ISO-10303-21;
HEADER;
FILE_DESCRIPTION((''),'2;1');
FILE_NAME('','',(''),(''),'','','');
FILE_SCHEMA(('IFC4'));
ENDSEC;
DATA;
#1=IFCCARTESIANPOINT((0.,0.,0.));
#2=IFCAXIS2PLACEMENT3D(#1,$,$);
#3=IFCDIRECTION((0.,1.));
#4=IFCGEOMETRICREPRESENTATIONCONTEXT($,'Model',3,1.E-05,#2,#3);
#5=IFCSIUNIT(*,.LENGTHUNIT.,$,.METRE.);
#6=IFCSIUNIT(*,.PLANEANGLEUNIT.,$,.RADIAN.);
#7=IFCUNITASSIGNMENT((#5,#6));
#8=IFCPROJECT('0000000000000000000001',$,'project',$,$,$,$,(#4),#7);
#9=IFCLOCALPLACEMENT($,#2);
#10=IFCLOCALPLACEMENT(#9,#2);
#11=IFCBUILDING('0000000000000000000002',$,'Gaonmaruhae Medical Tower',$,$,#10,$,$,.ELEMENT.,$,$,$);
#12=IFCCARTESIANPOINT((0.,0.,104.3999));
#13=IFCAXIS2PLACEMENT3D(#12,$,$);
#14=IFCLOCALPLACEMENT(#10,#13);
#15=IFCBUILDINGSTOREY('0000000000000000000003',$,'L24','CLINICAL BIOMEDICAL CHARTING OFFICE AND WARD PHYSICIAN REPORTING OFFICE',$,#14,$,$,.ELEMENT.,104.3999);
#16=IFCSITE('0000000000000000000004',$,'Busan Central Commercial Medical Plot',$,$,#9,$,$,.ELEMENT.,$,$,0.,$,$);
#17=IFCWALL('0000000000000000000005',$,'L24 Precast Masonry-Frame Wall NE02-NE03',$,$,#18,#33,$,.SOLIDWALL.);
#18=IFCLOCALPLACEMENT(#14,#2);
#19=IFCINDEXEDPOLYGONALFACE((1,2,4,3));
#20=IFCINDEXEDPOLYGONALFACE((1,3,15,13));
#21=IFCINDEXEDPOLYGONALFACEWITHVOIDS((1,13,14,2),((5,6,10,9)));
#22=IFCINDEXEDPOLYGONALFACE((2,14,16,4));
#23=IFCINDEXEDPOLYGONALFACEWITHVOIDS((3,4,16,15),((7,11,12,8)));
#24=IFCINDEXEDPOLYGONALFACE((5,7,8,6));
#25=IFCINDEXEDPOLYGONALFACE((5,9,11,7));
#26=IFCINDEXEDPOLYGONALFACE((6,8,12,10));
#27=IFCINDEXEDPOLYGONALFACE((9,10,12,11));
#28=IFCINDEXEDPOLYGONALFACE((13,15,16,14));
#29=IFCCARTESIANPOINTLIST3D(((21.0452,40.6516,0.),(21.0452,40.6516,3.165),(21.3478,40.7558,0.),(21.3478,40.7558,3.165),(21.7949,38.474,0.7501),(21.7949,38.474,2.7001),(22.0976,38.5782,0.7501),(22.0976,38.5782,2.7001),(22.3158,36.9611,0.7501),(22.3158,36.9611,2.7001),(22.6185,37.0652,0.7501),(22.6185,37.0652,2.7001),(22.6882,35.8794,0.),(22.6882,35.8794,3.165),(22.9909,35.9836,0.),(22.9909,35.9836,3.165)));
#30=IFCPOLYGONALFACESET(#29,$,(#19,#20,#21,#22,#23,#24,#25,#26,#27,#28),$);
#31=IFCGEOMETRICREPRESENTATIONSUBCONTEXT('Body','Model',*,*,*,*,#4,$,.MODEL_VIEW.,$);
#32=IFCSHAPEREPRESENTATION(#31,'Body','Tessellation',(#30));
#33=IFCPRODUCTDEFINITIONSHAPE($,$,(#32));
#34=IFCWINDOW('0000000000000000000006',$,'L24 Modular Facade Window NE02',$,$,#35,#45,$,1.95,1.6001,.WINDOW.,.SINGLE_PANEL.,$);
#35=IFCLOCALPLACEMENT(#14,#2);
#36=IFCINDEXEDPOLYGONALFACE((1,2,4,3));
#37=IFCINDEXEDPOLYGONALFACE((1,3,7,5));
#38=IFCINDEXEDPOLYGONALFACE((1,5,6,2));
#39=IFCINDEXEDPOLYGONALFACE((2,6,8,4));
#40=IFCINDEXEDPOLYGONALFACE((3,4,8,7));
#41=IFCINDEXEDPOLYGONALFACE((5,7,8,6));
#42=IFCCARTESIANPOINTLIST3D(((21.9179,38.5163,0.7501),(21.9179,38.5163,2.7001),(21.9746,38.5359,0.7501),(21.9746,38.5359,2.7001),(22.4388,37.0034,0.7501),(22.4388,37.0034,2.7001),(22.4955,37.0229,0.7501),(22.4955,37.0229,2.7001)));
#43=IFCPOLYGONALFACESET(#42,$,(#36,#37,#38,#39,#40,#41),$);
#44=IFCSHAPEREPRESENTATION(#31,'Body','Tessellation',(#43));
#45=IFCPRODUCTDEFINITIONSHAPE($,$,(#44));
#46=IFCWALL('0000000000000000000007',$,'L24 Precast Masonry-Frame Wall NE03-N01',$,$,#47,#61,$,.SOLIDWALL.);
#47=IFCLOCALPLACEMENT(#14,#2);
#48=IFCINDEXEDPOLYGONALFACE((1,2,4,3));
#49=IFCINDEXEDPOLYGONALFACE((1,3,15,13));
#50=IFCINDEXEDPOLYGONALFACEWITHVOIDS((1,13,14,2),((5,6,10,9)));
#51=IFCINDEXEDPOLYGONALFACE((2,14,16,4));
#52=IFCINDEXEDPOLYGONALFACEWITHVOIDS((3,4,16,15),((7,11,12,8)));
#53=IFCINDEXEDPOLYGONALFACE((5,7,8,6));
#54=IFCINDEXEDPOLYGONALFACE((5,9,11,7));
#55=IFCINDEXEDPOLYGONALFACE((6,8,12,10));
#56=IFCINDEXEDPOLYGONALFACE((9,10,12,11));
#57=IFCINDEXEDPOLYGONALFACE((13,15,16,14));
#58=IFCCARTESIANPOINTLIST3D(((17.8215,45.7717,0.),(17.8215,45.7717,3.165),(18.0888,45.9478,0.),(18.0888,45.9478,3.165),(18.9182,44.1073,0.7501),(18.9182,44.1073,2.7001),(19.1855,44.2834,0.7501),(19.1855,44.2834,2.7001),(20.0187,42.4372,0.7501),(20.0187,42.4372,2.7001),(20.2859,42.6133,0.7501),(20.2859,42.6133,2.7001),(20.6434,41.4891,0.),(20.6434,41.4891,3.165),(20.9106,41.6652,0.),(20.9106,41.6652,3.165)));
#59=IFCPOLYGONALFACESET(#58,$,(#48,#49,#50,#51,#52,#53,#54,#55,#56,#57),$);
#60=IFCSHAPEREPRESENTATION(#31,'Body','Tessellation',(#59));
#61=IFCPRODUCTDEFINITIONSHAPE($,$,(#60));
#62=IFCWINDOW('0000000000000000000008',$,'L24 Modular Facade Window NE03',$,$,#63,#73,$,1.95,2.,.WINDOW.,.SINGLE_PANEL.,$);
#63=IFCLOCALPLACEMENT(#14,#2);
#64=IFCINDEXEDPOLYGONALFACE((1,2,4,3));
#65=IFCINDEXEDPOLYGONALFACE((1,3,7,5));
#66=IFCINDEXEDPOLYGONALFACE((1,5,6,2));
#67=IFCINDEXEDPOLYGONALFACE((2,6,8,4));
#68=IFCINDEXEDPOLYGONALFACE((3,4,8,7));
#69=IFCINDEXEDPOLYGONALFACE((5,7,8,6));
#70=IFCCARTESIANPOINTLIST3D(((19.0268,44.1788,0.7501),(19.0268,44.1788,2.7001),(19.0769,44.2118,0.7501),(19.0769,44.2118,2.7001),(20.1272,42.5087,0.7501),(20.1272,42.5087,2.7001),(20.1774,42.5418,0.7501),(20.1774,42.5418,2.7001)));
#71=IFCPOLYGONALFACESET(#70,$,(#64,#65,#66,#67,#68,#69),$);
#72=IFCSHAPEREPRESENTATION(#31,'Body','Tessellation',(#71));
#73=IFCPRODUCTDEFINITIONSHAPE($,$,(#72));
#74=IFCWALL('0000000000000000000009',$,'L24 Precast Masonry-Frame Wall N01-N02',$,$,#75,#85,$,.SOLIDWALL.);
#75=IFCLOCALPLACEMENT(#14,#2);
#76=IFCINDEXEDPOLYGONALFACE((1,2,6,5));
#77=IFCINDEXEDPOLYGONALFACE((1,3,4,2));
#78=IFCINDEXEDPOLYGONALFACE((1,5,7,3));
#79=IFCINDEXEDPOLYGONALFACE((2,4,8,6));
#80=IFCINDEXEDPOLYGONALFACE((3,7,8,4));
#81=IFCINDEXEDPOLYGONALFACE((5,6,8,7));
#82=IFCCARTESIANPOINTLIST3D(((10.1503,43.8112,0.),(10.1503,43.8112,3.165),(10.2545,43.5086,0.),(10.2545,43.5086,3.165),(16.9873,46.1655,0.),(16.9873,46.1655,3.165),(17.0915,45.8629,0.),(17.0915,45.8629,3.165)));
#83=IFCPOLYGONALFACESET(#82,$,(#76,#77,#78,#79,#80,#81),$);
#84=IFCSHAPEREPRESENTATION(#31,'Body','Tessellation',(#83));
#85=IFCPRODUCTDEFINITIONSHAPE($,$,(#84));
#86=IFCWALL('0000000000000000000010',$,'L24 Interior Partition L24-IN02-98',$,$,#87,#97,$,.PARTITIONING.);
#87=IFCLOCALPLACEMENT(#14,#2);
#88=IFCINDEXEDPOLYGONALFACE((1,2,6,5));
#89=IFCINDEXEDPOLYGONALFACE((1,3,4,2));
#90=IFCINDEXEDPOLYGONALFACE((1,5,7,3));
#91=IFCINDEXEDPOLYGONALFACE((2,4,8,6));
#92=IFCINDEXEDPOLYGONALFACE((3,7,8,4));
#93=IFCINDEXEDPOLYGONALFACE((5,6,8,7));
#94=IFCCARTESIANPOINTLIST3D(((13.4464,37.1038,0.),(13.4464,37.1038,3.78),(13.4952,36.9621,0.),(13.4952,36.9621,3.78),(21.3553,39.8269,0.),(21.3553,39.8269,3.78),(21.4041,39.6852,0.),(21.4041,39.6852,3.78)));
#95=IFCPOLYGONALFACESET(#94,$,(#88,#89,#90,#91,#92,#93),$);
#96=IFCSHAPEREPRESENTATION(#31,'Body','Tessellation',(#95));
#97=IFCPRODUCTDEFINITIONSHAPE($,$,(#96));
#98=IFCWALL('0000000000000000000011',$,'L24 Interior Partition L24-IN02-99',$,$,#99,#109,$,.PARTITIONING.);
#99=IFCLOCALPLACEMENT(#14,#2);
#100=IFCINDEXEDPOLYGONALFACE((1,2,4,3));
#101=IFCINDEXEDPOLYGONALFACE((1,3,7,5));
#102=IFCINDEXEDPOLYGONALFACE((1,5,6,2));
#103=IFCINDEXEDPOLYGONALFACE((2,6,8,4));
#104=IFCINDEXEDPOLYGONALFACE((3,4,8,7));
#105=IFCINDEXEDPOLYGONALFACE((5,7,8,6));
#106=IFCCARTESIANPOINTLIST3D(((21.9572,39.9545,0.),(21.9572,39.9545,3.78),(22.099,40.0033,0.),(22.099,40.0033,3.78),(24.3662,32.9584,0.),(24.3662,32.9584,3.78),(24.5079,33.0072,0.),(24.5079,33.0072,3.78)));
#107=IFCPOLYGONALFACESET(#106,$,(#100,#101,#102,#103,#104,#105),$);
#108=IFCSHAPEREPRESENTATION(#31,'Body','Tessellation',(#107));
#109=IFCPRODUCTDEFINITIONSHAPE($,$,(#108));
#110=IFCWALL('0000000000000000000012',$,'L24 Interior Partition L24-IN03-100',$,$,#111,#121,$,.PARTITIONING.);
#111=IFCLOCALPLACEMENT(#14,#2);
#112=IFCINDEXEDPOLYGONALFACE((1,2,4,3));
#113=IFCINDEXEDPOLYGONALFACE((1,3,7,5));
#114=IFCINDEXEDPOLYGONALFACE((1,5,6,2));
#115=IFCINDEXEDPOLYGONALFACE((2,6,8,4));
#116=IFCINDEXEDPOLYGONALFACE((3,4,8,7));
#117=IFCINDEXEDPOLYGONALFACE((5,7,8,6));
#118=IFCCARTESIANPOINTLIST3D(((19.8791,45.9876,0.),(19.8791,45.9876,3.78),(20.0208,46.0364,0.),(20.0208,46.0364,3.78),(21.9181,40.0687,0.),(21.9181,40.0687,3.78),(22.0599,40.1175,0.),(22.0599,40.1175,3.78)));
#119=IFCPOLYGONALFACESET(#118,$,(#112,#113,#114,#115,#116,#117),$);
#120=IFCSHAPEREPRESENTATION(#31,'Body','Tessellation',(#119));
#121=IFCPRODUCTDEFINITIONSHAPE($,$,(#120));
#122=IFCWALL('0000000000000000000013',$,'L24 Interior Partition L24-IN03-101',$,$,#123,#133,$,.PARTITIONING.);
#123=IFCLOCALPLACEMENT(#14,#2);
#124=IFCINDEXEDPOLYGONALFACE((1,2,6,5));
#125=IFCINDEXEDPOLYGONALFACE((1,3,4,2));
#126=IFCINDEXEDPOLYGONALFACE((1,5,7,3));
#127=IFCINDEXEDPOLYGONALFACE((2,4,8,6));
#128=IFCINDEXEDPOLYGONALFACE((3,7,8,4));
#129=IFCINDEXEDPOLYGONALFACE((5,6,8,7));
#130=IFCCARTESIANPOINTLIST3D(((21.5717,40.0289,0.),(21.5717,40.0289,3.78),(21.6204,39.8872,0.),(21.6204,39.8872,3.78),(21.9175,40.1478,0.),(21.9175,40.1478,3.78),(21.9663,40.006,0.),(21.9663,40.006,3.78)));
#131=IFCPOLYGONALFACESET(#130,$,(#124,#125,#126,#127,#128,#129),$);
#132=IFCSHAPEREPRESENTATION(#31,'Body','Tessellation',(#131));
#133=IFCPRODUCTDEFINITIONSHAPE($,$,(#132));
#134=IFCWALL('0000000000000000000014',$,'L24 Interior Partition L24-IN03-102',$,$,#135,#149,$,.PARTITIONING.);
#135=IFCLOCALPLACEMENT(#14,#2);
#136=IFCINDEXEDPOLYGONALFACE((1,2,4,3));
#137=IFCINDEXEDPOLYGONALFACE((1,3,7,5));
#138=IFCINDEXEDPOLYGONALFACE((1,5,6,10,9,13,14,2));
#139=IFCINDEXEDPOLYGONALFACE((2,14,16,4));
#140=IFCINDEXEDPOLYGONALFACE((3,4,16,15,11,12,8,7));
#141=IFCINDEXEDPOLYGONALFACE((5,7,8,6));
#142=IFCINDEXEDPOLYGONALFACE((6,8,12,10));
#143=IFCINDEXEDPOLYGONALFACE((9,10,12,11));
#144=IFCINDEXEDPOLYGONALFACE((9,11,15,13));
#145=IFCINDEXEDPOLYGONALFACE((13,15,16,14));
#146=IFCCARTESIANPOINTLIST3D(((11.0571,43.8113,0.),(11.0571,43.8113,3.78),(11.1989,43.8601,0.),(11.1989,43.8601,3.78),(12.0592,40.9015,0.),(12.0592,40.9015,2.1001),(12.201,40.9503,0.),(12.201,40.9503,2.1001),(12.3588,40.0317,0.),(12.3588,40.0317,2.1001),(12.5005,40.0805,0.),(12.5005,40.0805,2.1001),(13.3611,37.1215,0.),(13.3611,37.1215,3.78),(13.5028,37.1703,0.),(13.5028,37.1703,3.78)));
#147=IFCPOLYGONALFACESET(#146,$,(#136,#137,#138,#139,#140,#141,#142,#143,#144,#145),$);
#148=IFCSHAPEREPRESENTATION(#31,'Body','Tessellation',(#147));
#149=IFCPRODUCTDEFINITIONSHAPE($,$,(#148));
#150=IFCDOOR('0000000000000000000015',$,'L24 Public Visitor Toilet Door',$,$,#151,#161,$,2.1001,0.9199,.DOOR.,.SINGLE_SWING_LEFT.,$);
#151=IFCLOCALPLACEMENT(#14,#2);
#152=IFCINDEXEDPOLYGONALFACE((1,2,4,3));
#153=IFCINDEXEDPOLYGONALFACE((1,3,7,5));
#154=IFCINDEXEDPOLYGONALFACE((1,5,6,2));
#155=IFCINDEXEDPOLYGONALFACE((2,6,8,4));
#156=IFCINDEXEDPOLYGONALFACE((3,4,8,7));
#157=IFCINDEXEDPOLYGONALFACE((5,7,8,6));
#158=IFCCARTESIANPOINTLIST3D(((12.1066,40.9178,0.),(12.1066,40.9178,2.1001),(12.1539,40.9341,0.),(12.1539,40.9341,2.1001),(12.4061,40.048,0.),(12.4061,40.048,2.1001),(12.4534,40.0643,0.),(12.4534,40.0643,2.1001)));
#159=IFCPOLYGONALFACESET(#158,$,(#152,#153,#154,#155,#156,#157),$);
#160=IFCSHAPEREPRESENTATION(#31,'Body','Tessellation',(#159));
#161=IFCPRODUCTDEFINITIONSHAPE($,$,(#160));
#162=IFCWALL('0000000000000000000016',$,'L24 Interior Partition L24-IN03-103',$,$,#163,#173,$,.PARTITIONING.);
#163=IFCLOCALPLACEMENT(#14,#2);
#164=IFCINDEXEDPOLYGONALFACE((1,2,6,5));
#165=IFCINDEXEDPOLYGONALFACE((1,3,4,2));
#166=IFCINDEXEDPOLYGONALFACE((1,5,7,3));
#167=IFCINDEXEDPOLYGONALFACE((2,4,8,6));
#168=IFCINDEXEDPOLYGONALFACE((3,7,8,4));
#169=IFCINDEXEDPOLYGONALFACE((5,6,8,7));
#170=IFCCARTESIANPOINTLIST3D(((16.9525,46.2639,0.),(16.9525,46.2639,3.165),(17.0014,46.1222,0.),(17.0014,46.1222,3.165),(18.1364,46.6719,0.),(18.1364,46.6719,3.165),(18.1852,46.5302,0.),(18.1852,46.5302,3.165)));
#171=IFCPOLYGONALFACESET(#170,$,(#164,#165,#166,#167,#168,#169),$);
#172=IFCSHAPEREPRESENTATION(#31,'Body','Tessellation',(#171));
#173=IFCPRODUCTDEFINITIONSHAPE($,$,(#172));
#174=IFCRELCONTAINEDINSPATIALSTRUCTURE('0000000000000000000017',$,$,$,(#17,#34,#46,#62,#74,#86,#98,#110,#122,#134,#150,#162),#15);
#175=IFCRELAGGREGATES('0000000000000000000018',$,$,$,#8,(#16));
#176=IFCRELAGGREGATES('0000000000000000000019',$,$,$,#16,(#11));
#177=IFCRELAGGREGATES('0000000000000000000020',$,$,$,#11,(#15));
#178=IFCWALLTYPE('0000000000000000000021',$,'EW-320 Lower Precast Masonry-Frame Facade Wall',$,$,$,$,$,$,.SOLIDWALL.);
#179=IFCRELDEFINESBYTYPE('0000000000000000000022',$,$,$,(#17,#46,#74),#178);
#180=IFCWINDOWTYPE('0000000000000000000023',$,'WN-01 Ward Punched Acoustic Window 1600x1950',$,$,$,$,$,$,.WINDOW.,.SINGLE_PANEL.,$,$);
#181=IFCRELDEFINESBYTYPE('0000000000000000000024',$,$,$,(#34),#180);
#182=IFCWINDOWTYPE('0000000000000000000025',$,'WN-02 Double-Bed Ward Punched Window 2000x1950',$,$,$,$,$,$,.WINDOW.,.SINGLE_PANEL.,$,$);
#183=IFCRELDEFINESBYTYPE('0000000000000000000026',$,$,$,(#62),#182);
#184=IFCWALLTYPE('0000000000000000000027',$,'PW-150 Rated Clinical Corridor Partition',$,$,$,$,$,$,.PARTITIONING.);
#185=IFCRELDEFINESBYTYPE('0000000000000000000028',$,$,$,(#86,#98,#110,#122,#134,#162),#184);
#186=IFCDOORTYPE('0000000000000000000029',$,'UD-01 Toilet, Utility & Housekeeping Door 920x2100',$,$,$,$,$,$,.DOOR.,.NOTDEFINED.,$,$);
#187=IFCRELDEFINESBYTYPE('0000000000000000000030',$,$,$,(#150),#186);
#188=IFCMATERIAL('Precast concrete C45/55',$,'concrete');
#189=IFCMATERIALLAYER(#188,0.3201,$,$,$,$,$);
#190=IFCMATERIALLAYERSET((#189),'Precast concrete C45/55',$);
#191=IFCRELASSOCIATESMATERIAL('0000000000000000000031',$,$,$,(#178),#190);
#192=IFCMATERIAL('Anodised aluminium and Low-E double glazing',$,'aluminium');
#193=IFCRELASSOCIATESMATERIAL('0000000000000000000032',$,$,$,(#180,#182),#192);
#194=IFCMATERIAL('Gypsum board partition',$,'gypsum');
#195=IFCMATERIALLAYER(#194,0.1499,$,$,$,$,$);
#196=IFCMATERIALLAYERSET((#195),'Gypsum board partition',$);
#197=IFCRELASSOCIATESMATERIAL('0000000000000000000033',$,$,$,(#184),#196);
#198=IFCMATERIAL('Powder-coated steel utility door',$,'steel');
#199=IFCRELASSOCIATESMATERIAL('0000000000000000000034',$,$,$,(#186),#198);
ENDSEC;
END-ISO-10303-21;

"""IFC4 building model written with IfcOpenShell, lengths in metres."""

from ifc_helpers import new_model, si_unit, direction, frame, frame_2d, origin, place, context, subcontext, project, spatial, rectangle, extrude, material, layer, layer_set, type_object, element, fill, save


model = new_model("IFC4")

# Units and contexts
model_context = context("Model", 3, precision=1e-05, world=origin(), true_north=direction((0.0, 1.0)))
body_context = subcontext(model_context, "Body", "Model", "MODEL_VIEW")
ifc_project = project(units=[si_unit("LENGTHUNIT", "METRE"), si_unit("PLANEANGLEUNIT", "RADIAN")], contexts=[model_context])

# Site, building, storey
site_placement = place(None, origin())
site = spatial("IfcSite", under=ifc_project, at=site_placement, Name="Busan Central Commercial Medical Plot", CompositionType="ELEMENT", RefElevation=0.0)
building_placement = place(site_placement, origin())
building = spatial("IfcBuilding", under=site, at=building_placement, Name="Gaonmaruhae Medical Tower", CompositionType="ELEMENT")
storey_placement = place(building_placement, frame((0.0, 0.0, 104.3999)))
storey = spatial("IfcBuildingStorey", under=building, at=storey_placement, Name="L24", Description="CLINICAL BIOMEDICAL CHARTING OFFICE AND WARD PHYSICIAN REPORTING OFFICE", CompositionType="ELEMENT", Elevation=104.3999)

# Walls, openings, windows
ifc_material_1 = material(Name="Precast concrete C45/55", Category="concrete")
ifc_layer_1 = layer(ifc_material_1, 0.3201)
ifc_layer_set_1 = layer_set([ifc_layer_1], Name="Precast concrete C45/55")
wall_type_1 = type_object("IfcWallType", Name="EW-320 Lower Precast Masonry-Frame Facade Wall", PredefinedType="SOLIDWALL", material=ifc_layer_set_1)
wall_1_placement = place(storey_placement, frame((21.1965, 40.7036, 0.0), z_axis=(0.0, 0.0, 1.0), x_axis=(0.325543, -0.945527, 0.0)))
wall_1 = element("IfcWall", 1, at=wall_1_placement, inside=storey, type_object=wall_type_1, Name="L24 Precast Masonry-Frame Wall NE02-NE03", PredefinedType="SOLIDWALL", context=body_context, shape_type="SweptSolid", body=[
    extrude(rectangle(XDim=5.0471, YDim=0.3201, at=frame_2d((2.5234, 0.0))), origin(), (0.0, 0.0, 1.0), 3.165),
])
opening_1_placement = place(wall_1_placement, frame((2.303, 0.0, 0.75)))
opening_1 = element("IfcOpeningElement", 2, at=opening_1_placement, cuts=wall_1, PredefinedType="OPENING", context=body_context, shape_type="SweptSolid", body=[
    extrude(rectangle(XDim=1.6001, YDim=1.95, at=frame_2d((0.8, 0.9751))), frame((0.0, 0.1699, 0.0), z_axis=(0.0, -1.0, 0.0), x_axis=(1.0, 0.0, 0.0)), (0.0, 0.0, 1.0), 0.3401),
])
ifc_material_2 = material(Name="Anodised aluminium and Low-E double glazing", Category="aluminium")
window_type_1 = type_object("IfcWindowType", Name="WN-01 Ward Punched Acoustic Window 1600x1950", PartitioningType="SINGLE_PANEL", PredefinedType="WINDOW", material=ifc_material_2)
window_1_placement = place(opening_1_placement, origin())
window_1 = element("IfcWindow", 3, at=window_1_placement, inside=storey, type_object=window_type_1, Name="L24 Modular Facade Window NE02", OverallHeight=1.95, OverallWidth=1.6001, PartitioningType="SINGLE_PANEL", PredefinedType="WINDOW", context=body_context, shape_type="SweptSolid", body=[
    extrude(rectangle(XDim=1.6001, YDim=1.95, at=frame_2d((0.8, 0.9751))), frame((0.0, 0.03, 0.0), z_axis=(0.0, -1.0, 0.0), x_axis=(1.0, 0.0, 0.0)), (0.0, 0.0, 1.0), 0.0601),
])
fill(opening_1, window_1)
wall_2_placement = place(storey_placement, frame((17.9551, 45.8599, 0.0), z_axis=(0.0, 0.0, 1.0), x_axis=(0.55021, -0.835026, 0.0)))
wall_2 = element("IfcWall", 4, at=wall_2_placement, inside=storey, type_object=wall_type_1, Name="L24 Precast Masonry-Frame Wall NE03-N01", PredefinedType="SOLIDWALL", context=body_context, shape_type="SweptSolid", body=[
    extrude(rectangle(XDim=5.1287, YDim=0.3201, at=frame_2d((2.5645, 0.0))), origin(), (0.0, 0.0, 1.0), 3.165),
])
opening_2_placement = place(wall_2_placement, frame((1.9934, 0.0, 0.75)))
opening_2 = element("IfcOpeningElement", 5, at=opening_2_placement, cuts=wall_2, PredefinedType="OPENING", context=body_context, shape_type="SweptSolid", body=[
    extrude(rectangle(XDim=2.0, YDim=1.95, at=frame_2d((1.0, 0.9751))), frame((0.0, 0.1699, 0.0), z_axis=(0.0, -1.0, 0.0), x_axis=(1.0, 0.0, 0.0)), (0.0, 0.0, 1.0), 0.3401),
])
window_type_2 = type_object("IfcWindowType", Name="WN-02 Double-Bed Ward Punched Window 2000x1950", PartitioningType="SINGLE_PANEL", PredefinedType="WINDOW", material=ifc_material_2)
window_2_placement = place(opening_2_placement, origin())
window_2 = element("IfcWindow", 6, at=window_2_placement, inside=storey, type_object=window_type_2, Name="L24 Modular Facade Window NE03", OverallHeight=1.95, OverallWidth=2.0, PartitioningType="SINGLE_PANEL", PredefinedType="WINDOW", context=body_context, shape_type="SweptSolid", body=[
    extrude(rectangle(XDim=2.0, YDim=1.95, at=frame_2d((1.0, 0.9751))), frame((0.0, 0.03, 0.0), z_axis=(0.0, -1.0, 0.0), x_axis=(1.0, 0.0, 0.0)), (0.0, 0.0, 1.0), 0.0601),
])
fill(opening_2, window_2)

# Wall
wall_3_placement = place(storey_placement, frame((10.2024, 43.6599, 0.0), z_axis=(0.0, 0.0, 1.0), x_axis=(0.945514, 0.325582, 0.0)))
element("IfcWall", 7, at=wall_3_placement, inside=storey, type_object=wall_type_1, Name="L24 Precast Masonry-Frame Wall N01-N02", PredefinedType="SOLIDWALL", context=body_context, shape_type="SweptSolid", body=[
    extrude(rectangle(XDim=7.231, YDim=0.3201, at=frame_2d((3.6155, 0.0))), origin(), (0.0, 0.0, 1.0), 3.165),
])

# Shared definitions
ifc_material_3 = material(Name="Gypsum board partition", Category="gypsum")
ifc_layer_2 = layer(ifc_material_3, 0.1499)
ifc_layer_set_2 = layer_set([ifc_layer_2], Name="Gypsum board partition")
wall_type_2 = type_object("IfcWallType", Name="PW-150 Rated Clinical Corridor Partition", PredefinedType="PARTITIONING", material=ifc_layer_set_2)

# Walls
wall_4_placement = place(storey_placement, frame((13.4709, 37.033, 0.0), z_axis=(0.0, 0.0, 1.0), x_axis=(0.945523, 0.325555, 0.0)))
element("IfcWall", 8, at=wall_4_placement, inside=storey, type_object=wall_type_2, Name="L24 Interior Partition L24-IN02-98", PredefinedType="PARTITIONING", context=body_context, shape_type="SweptSolid", body=[
    extrude(rectangle(XDim=8.3645, YDim=0.1499, at=frame_2d((4.1821, 0.0))), origin(), (0.0, 0.0, 1.0), 3.78),
])
wall_5_placement = place(storey_placement, frame((22.0281, 39.979, 0.0), z_axis=(0.0, 0.0, 1.0), x_axis=(0.325567, -0.945519, 0.0)))
element("IfcWall", 9, at=wall_5_placement, inside=storey, type_object=wall_type_2, Name="L24 Interior Partition L24-IN02-99", PredefinedType="PARTITIONING", context=body_context, shape_type="SweptSolid", body=[
    extrude(rectangle(XDim=7.3992, YDim=0.1499, at=frame_2d((3.6997, 0.0))), origin(), (0.0, 0.0, 1.0), 3.78),
])
wall_6_placement = place(storey_placement, frame((19.95, 46.012, 0.0), z_axis=(0.0, 0.0, 1.0), x_axis=(0.325712, -0.945469, 0.0)))
element("IfcWall", 10, at=wall_6_placement, inside=storey, type_object=wall_type_2, Name="L24 Interior Partition L24-IN03-100", PredefinedType="PARTITIONING", context=body_context, shape_type="SweptSolid", body=[
    extrude(rectangle(XDim=6.2603, YDim=0.1499, at=frame_2d((3.1301, 0.0))), origin(), (0.0, 0.0, 1.0), 3.78),
])
wall_7_placement = place(storey_placement, frame((21.9419, 40.0769, 0.0), z_axis=(0.0, 0.0, 1.0), x_axis=(-0.945706, -0.325024, 0.0)))
element("IfcWall", 11, at=wall_7_placement, inside=storey, type_object=wall_type_2, Name="L24 Interior Partition L24-IN03-101", PredefinedType="PARTITIONING", context=body_context, shape_type="SweptSolid", body=[
    extrude(rectangle(XDim=0.3657, YDim=0.1499, at=frame_2d((0.1829, 0.0))), origin(), (0.0, 0.0, 1.0), 3.78),
])

# Wall, opening, door
wall_8_placement = place(storey_placement, frame((13.4319, 37.146, 0.0), z_axis=(0.0, 0.0, 1.0), x_axis=(-0.325622, 0.9455, 0.0)))
wall_8 = element("IfcWall", 12, at=wall_8_placement, inside=storey, type_object=wall_type_2, Name="L24 Interior Partition L24-IN03-102", PredefinedType="PARTITIONING", context=body_context, shape_type="SweptSolid", body=[
    extrude(rectangle(XDim=7.0754, YDim=0.1499, at=frame_2d((3.5376, 0.0))), origin(), (0.0, 0.0, 1.0), 3.78),
])
opening_3_placement = place(wall_8_placement, frame((3.0779, 0.0, 0.0)))
opening_3 = element("IfcOpeningElement", 13, at=opening_3_placement, cuts=wall_8, PredefinedType="OPENING", context=body_context, shape_type="SweptSolid", body=[
    extrude(rectangle(XDim=0.9199, YDim=2.1001, at=frame_2d((0.46, 1.05))), frame((0.0, 0.085, 0.0), z_axis=(0.0, -1.0, 0.0), x_axis=(1.0, 0.0, 0.0)), (0.0, 0.0, 1.0), 0.1699),
])
ifc_material_4 = material(Name="Powder-coated steel utility door", Category="steel")
door_type_1 = type_object("IfcDoorType", Name="UD-01 Toilet, Utility & Housekeeping Door 920x2100", OperationType="NOTDEFINED", PredefinedType="DOOR", material=ifc_material_4)
door_1_placement = place(opening_3_placement, origin())
door_1 = element("IfcDoor", 14, at=door_1_placement, inside=storey, type_object=door_type_1, Name="L24 Public Visitor Toilet Door", OperationType="SINGLE_SWING_LEFT", OverallHeight=2.1001, OverallWidth=0.9199, PredefinedType="DOOR", context=body_context, shape_type="SweptSolid", body=[
    extrude(rectangle(XDim=0.9199, YDim=2.1001, at=frame_2d((0.46, 1.05))), frame((0.0, 0.0249, 0.0), z_axis=(0.0, -1.0, 0.0), x_axis=(1.0, 0.0, 0.0)), (0.0, 0.0, 1.0), 0.05),
])
fill(opening_3, door_1)

# Wall
wall_9_placement = place(storey_placement, frame((16.9771, 46.1931, 0.0), z_axis=(0.0, 0.0, 1.0), x_axis=(0.945437, 0.325804, 0.0)))
element("IfcWall", 15, at=wall_9_placement, inside=storey, type_object=wall_type_2, Name="L24 Interior Partition L24-IN03-103", PredefinedType="PARTITIONING", context=body_context, shape_type="SweptSolid", body=[
    extrude(rectangle(XDim=1.2522, YDim=0.1499, at=frame_2d((0.626, 0.0))), origin(), (0.0, 0.0, 1.0), 3.165),
])

save(model, "model.ifc")
